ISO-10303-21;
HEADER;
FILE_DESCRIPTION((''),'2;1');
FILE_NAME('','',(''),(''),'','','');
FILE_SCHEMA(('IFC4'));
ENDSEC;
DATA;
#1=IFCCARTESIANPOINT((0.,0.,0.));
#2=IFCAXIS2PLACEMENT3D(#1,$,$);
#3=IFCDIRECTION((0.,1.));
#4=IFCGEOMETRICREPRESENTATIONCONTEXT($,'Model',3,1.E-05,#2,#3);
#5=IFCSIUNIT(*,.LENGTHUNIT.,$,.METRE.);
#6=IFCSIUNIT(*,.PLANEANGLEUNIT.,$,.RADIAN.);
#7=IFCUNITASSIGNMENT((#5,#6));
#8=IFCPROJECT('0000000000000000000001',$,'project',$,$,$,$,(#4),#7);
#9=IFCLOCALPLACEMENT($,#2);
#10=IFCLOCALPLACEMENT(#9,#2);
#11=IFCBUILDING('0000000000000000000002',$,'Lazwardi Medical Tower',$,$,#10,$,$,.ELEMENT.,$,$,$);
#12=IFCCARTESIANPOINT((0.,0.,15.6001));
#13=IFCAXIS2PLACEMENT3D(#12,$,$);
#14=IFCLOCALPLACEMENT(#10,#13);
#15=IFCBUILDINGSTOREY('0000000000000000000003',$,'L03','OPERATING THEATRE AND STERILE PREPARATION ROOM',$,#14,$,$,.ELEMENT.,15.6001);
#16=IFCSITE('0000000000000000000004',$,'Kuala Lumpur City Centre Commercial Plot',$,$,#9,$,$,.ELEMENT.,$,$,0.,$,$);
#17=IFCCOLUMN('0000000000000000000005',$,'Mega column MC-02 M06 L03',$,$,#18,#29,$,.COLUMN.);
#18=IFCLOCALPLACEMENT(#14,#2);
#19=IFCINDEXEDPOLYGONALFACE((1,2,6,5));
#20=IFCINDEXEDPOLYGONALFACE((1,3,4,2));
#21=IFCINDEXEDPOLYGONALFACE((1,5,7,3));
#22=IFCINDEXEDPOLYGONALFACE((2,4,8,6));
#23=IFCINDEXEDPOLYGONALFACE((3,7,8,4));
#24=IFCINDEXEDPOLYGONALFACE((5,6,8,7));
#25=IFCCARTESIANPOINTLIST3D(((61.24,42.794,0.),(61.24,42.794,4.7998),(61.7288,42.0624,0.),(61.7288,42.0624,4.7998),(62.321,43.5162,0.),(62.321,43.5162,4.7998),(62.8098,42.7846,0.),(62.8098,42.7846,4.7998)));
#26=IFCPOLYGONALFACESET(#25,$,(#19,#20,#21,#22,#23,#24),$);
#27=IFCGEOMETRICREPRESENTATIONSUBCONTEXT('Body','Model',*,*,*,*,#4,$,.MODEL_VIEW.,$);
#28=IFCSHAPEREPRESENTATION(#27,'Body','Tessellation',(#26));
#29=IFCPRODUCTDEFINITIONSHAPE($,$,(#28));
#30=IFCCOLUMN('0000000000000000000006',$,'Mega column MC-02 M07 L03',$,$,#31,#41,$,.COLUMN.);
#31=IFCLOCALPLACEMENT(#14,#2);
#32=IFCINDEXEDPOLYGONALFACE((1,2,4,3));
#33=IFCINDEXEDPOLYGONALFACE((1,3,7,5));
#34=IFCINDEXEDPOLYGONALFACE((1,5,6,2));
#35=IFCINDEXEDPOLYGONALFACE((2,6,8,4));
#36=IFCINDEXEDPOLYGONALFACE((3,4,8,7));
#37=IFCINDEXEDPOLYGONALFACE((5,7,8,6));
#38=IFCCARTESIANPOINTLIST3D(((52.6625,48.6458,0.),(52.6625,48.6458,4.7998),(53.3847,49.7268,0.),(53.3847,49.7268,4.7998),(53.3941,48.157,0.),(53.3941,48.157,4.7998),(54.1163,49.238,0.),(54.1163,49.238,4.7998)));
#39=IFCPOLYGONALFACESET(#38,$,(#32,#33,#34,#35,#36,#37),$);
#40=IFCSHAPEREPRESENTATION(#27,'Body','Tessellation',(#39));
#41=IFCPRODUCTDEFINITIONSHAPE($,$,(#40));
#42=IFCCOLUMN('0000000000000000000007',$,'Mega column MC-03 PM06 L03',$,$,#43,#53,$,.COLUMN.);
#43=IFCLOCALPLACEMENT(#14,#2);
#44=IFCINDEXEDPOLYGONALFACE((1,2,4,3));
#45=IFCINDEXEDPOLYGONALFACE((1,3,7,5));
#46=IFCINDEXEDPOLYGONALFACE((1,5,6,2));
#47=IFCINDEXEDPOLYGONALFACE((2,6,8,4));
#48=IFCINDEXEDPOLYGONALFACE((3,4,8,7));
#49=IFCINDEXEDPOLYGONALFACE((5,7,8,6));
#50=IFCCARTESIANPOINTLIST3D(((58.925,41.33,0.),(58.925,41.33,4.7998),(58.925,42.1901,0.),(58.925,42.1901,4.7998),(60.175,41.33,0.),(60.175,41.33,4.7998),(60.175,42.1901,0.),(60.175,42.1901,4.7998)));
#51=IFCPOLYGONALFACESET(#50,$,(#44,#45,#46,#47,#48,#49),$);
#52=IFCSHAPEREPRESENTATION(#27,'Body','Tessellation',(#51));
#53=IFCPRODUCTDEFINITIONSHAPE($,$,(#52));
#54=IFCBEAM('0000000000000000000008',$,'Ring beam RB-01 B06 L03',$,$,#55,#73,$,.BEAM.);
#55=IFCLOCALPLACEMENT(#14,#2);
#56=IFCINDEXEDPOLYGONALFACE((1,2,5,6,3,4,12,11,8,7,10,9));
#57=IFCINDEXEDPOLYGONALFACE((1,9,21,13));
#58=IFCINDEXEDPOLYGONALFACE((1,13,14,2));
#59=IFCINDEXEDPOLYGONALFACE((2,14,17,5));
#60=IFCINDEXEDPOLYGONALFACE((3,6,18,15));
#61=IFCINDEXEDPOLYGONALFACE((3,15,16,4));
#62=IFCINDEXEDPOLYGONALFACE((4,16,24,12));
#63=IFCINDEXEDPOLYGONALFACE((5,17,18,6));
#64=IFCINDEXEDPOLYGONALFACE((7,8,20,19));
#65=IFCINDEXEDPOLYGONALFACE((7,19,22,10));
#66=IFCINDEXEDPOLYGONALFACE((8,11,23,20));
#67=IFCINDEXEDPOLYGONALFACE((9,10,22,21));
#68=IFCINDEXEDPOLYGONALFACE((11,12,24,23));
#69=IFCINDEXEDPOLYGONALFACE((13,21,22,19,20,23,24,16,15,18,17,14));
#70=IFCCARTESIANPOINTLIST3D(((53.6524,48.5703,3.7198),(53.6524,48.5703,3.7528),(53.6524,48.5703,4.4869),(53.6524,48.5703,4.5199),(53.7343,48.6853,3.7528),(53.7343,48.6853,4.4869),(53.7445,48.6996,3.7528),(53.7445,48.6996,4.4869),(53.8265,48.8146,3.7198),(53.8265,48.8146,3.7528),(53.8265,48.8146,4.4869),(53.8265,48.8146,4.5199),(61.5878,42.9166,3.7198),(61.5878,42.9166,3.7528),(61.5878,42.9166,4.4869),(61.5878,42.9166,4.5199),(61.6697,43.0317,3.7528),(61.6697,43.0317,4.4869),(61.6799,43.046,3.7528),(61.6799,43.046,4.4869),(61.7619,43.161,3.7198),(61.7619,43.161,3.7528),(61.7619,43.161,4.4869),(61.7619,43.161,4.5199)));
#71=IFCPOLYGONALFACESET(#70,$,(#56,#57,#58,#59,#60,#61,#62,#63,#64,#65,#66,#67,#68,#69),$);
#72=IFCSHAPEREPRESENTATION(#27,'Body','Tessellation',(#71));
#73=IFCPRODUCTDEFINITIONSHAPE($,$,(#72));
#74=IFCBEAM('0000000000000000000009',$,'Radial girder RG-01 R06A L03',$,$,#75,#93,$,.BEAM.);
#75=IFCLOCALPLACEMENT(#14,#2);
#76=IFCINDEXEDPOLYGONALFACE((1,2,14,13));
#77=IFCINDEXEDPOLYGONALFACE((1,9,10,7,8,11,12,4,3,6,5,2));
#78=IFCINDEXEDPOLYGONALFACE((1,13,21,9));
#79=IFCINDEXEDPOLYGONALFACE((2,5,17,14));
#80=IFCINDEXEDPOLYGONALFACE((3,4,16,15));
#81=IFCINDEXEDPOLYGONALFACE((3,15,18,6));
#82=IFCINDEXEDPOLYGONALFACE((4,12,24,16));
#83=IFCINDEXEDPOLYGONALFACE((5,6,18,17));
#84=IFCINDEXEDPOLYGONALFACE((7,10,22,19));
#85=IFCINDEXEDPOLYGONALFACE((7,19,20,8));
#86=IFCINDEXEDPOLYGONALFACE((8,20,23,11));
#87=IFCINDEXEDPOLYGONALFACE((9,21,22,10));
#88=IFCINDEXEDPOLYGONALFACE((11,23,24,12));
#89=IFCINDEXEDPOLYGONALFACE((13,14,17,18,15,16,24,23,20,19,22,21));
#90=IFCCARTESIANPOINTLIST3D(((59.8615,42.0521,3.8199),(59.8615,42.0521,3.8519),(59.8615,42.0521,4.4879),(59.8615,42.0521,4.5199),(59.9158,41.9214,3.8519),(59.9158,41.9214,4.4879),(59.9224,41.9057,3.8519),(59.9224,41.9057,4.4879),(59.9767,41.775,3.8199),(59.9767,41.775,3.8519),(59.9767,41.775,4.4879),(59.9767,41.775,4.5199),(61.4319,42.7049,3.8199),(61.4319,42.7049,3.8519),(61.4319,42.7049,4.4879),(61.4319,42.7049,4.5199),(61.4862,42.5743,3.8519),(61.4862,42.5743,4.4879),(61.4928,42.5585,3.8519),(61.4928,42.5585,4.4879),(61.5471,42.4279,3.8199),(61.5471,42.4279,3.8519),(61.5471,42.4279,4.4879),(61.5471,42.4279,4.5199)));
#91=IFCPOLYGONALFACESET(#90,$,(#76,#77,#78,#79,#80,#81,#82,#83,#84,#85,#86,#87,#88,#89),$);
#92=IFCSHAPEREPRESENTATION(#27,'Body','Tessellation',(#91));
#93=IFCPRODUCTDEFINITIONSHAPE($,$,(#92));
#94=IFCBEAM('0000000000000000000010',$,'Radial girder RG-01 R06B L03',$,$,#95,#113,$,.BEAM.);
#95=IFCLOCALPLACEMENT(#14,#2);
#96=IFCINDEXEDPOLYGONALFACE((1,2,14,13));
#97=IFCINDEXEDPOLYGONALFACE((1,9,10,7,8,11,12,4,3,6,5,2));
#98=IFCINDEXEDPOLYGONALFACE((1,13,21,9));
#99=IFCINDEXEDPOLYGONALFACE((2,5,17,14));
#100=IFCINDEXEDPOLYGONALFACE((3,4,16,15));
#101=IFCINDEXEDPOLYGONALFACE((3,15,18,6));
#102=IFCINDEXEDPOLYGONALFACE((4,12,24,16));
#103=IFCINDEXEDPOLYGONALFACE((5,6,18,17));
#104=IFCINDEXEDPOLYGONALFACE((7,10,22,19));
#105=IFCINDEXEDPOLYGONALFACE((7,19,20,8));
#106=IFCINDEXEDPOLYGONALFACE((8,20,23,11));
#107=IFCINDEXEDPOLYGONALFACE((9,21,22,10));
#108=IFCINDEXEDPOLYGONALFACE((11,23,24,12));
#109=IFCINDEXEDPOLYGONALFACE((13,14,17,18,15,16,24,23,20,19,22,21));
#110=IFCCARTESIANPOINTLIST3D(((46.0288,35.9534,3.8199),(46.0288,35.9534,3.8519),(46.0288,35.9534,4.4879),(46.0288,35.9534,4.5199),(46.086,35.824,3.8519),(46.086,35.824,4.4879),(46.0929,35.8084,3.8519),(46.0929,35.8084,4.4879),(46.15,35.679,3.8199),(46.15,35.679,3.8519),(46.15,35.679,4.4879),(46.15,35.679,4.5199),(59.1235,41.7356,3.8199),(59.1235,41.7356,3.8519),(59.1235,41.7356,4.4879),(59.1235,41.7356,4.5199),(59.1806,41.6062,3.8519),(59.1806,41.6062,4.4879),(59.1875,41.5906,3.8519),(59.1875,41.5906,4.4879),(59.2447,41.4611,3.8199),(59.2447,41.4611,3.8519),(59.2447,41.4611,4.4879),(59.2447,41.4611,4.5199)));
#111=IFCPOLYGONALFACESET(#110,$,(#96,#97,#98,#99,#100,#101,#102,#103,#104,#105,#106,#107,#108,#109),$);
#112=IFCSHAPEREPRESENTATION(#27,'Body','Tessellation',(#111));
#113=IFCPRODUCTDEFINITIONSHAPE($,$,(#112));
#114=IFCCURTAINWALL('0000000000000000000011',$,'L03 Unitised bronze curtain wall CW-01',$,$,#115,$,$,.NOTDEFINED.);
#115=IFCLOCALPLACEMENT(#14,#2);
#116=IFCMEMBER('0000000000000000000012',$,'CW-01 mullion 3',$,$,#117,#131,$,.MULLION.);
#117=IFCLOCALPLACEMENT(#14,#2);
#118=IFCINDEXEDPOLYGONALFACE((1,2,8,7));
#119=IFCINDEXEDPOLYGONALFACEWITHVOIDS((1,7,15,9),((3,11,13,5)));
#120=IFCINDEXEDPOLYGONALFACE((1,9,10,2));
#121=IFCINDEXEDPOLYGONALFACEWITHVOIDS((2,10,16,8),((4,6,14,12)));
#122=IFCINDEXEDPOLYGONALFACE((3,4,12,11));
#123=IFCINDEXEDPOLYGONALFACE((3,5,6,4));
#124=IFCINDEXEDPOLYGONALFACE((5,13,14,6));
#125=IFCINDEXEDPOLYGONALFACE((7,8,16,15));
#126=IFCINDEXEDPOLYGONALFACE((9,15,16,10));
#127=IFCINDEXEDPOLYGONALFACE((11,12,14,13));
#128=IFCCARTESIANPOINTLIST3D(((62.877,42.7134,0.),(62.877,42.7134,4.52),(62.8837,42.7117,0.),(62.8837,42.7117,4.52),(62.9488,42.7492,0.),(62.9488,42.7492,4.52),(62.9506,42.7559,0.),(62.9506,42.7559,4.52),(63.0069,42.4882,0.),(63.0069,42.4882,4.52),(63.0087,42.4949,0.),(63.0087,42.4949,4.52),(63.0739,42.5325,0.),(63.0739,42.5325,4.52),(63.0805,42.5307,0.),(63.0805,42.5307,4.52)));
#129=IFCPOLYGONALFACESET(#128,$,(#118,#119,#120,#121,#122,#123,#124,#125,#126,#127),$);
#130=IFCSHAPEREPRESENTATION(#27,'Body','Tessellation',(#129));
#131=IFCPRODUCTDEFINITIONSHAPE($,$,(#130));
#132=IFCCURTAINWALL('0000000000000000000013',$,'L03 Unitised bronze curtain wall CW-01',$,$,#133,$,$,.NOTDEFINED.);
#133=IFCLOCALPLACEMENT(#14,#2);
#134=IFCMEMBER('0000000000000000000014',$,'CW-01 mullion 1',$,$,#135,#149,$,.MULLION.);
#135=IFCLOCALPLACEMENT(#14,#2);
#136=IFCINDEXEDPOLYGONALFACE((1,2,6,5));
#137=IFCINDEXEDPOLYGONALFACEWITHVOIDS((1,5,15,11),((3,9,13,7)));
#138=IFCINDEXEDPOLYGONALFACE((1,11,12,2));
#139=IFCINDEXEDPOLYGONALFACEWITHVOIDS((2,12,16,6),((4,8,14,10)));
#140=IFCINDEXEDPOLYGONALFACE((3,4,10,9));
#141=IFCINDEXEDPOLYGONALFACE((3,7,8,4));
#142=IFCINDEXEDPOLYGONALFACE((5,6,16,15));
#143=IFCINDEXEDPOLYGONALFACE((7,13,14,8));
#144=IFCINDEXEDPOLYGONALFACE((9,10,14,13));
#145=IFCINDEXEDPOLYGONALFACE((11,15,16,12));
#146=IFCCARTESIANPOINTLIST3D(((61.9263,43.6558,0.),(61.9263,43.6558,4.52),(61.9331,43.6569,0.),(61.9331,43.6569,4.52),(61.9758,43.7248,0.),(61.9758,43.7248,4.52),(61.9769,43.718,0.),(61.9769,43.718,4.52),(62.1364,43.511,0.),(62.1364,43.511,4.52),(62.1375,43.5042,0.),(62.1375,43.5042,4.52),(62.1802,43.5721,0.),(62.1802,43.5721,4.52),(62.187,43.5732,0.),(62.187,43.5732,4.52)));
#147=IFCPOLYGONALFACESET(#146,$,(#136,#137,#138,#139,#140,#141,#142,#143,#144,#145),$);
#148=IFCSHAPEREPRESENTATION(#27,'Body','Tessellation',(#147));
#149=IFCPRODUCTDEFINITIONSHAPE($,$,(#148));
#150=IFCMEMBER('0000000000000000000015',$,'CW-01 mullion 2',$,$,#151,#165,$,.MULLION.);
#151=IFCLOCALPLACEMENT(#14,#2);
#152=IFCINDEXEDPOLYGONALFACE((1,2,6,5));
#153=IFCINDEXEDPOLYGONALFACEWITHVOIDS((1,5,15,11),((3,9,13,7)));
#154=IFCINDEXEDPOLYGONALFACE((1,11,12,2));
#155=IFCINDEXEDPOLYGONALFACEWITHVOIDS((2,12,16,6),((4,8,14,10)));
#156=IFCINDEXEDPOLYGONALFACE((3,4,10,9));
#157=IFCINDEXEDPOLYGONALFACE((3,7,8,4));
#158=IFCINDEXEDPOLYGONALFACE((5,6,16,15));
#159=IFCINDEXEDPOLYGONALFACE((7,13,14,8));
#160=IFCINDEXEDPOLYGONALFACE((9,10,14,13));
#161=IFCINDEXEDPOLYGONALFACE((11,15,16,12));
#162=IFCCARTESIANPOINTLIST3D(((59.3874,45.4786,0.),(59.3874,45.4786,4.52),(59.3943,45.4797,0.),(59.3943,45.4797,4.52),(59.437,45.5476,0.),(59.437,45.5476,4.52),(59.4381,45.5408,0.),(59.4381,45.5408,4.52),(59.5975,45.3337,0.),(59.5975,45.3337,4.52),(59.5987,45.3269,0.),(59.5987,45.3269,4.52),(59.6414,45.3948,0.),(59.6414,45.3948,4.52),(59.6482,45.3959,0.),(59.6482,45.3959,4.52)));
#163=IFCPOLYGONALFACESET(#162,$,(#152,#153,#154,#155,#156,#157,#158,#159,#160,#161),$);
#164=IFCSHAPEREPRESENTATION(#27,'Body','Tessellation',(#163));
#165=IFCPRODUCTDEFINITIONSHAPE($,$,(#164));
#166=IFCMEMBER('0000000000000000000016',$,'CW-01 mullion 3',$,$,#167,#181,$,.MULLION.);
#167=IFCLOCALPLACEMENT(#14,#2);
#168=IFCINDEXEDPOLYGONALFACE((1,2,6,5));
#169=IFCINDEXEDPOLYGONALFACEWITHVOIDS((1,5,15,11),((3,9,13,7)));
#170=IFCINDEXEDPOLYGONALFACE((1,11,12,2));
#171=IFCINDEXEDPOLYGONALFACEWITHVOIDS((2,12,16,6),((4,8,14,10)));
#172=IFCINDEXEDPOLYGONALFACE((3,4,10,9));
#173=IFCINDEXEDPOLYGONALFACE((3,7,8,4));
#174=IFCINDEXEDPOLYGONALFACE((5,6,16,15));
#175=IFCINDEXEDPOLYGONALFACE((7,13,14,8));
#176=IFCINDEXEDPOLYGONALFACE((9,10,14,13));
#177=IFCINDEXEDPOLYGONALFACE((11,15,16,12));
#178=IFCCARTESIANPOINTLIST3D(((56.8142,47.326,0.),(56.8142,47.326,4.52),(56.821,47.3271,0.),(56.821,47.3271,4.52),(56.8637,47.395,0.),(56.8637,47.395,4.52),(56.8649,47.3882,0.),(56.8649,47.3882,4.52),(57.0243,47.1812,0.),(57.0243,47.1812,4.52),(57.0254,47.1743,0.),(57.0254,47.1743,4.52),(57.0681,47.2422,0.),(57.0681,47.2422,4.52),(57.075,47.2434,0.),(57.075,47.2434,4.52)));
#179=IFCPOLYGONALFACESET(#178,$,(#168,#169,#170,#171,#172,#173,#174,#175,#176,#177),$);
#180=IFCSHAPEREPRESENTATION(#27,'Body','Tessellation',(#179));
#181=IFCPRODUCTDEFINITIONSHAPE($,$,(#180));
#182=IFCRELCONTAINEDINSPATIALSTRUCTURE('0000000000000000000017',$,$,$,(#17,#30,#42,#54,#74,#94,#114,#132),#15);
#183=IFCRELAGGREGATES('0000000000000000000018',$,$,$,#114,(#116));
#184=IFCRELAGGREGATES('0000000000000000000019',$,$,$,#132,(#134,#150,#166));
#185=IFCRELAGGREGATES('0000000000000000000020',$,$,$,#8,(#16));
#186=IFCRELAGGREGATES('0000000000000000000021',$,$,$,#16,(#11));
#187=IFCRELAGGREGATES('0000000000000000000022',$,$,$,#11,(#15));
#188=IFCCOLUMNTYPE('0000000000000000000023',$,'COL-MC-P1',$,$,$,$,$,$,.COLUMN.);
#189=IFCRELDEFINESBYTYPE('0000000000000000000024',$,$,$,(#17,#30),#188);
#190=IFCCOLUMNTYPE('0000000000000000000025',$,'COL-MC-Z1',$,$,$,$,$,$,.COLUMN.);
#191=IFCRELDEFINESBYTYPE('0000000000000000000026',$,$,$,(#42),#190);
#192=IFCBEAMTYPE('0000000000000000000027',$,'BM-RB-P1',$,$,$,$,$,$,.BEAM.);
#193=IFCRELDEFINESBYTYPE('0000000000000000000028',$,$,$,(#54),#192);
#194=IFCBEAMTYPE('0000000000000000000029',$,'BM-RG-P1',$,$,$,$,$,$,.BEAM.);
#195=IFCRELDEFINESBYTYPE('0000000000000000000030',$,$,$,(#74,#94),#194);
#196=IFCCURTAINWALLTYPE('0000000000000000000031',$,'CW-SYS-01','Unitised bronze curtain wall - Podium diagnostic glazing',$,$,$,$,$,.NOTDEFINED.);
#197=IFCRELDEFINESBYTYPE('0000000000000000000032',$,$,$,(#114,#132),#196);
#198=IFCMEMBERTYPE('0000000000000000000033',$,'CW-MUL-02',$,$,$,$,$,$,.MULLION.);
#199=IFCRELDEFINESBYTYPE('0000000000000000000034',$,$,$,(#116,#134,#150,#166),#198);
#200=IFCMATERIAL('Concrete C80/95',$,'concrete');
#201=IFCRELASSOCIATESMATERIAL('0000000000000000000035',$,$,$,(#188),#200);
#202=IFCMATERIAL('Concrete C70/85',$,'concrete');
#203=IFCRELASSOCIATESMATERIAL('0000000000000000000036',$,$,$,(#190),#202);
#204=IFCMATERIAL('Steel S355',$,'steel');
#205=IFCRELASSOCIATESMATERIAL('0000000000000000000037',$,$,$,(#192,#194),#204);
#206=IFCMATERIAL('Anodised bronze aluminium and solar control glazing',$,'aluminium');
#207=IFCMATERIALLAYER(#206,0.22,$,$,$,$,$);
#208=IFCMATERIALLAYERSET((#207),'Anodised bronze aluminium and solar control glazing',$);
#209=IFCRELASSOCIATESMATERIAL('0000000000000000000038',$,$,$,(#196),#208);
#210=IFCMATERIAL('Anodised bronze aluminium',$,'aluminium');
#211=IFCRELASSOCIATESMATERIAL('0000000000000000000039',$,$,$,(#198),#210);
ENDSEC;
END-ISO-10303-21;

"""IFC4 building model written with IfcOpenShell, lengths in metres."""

from ifc_helpers import new_model, si_unit, direction, frame, origin, origin_2d, place, context, subcontext, project, spatial, rectangle, hollow_rectangle, i_section, extrude, material, layer, layer_set, material_profile, profile_set, type_object, element, aggregate, save


model = new_model("IFC4")

# Units and contexts
model_context = context("Model", 3, precision=1e-05, world=origin(), true_north=direction((0.0, 1.0)))
body_context = subcontext(model_context, "Body", "Model", "MODEL_VIEW")
ifc_project = project(units=[si_unit("LENGTHUNIT", "METRE"), si_unit("PLANEANGLEUNIT", "RADIAN")], contexts=[model_context])

# Site, building, storey
site_placement = place(None, origin())
site = spatial("IfcSite", under=ifc_project, at=site_placement, Name="Kuala Lumpur City Centre Commercial Plot", CompositionType="ELEMENT", RefElevation=0.0)
building_placement = place(site_placement, origin())
building = spatial("IfcBuilding", under=site, at=building_placement, Name="Lazwardi Medical Tower", CompositionType="ELEMENT")
storey_placement = place(building_placement, frame((0.0, 0.0, 15.6001)))
storey = spatial("IfcBuildingStorey", under=building, at=storey_placement, Name="L03", Description="OPERATING THEATRE AND STERILE PREPARATION ROOM", CompositionType="ELEMENT", Elevation=15.6001)

# Columns
ifc_material_1 = material(Name="Concrete C80/95", Category="concrete")
ifc_material_profile_1 = material_profile(ifc_material_1, rectangle(XDim=1.3, YDim=0.8799, at=origin_2d()), Name="CFT-RECT 1300x880")
ifc_profile_set_1 = profile_set([ifc_material_profile_1], Name="Concrete C80/95")
column_type_1 = type_object("IfcColumnType", Name="COL-MC-P1", PredefinedType="COLUMN", material=ifc_profile_set_1)
for number, where, z_axis, x_axis, name in (
    (1, (62.0249, 42.7893, 0.0), (0.0, 0.0, 1.0), (0.83147, 0.55557, 0.0), "Mega column MC-02 M06 L03"),
    (2, (53.3894, 48.9419, 0.0), (0.0, 0.0, 1.0), (0.55557, 0.83147, 0.0), "Mega column MC-02 M07 L03"),
):
    element("IfcColumn", number, at=place(storey_placement, frame(where, z_axis=z_axis, x_axis=x_axis)), inside=storey, type_object=column_type_1, Name=name, PredefinedType="COLUMN", context=body_context, shape_type="SweptSolid", body=[
        extrude(rectangle(XDim=1.3, YDim=0.8799, at=origin_2d()), origin(), (0.0, 0.0, 1.0), 4.7998),
    ])
ifc_material_2 = material(Name="Concrete C70/85", Category="concrete")
ifc_material_profile_2 = material_profile(ifc_material_2, rectangle(XDim=1.25, YDim=0.8601, at=origin_2d()), Name="CFT-RECT 1250x860")
ifc_profile_set_2 = profile_set([ifc_material_profile_2], Name="Concrete C70/85")
column_type_2 = type_object("IfcColumnType", Name="COL-MC-Z1", PredefinedType="COLUMN", material=ifc_profile_set_2)
column_placement = place(storey_placement, frame((59.55, 41.76, 0.0), z_axis=(0.0, 0.0, 1.0), x_axis=(1.0, 0.0, 0.0)))
element("IfcColumn", 3, at=column_placement, inside=storey, type_object=column_type_2, Name="Mega column MC-03 PM06 L03", PredefinedType="COLUMN", context=body_context, shape_type="SweptSolid", body=[
    extrude(rectangle(XDim=1.25, YDim=0.8601, at=origin_2d()), origin(), (0.0, 0.0, 1.0), 4.7998),
])

# Beams
ifc_material_3 = material(Name="Steel S355", Category="steel")
ifc_material_profile_3 = material_profile(ifc_material_3, i_section(OverallWidth=0.3, OverallDepth=0.8, WebThickness=0.0176, FlangeThickness=0.033, at=origin_2d()), Name="HEB 800")
ifc_profile_set_3 = profile_set([ifc_material_profile_3], Name="Steel S355")
beam_type_1 = type_object("IfcBeamType", Name="BM-RB-P1", PredefinedType="BEAM", material=ifc_profile_set_3)
beam_1_placement = place(storey_placement, frame((61.6748, 43.0388, 4.1199), z_axis=(-0.814437, 0.580252, 0.0), x_axis=(-0.580252, -0.814437, 0.0)))
element("IfcBeam", 4, at=beam_1_placement, inside=storey, type_object=beam_type_1, Name="Ring beam RB-01 B06 L03", PredefinedType="BEAM", context=body_context, shape_type="SweptSolid", body=[
    extrude(i_section(OverallWidth=0.3, OverallDepth=0.8, WebThickness=0.0176, FlangeThickness=0.033, at=origin_2d()), origin(), (0.0, 0.0, 1.0), 9.7434),
])
ifc_material_profile_4 = material_profile(ifc_material_3, i_section(OverallWidth=0.3, OverallDepth=0.7, WebThickness=0.0171, FlangeThickness=0.032, at=origin_2d()), Name="HEB 700")
ifc_profile_set_4 = profile_set([ifc_material_profile_4], Name="Steel S355")
beam_type_2 = type_object("IfcBeamType", Name="BM-RG-P1", PredefinedType="BEAM", material=ifc_profile_set_4)
beam_2_placement = place(storey_placement, frame((61.4895, 42.5664, 4.1699), z_axis=(-0.923382, -0.383881, 0.0), x_axis=(0.383881, -0.923382, 0.0)))
element("IfcBeam", 5, at=beam_2_placement, inside=storey, type_object=beam_type_2, Name="Radial girder RG-01 R06A L03", PredefinedType="BEAM", context=body_context, shape_type="SweptSolid", body=[
    extrude(i_section(OverallWidth=0.3, OverallDepth=0.7, WebThickness=0.0171, FlangeThickness=0.032, at=origin_2d()), origin(), (0.0, 0.0, 1.0), 1.7007),
])
beam_3_placement = place(storey_placement, frame((59.1841, 41.5984, 4.1699), z_axis=(-0.914785, -0.403941, 0.0), x_axis=(0.403941, -0.914785, 0.0)))
element("IfcBeam", 6, at=beam_3_placement, inside=storey, type_object=beam_type_2, Name="Radial girder RG-01 R06B L03", PredefinedType="BEAM", context=body_context, shape_type="SweptSolid", body=[
    extrude(i_section(OverallWidth=0.3, OverallDepth=0.7, WebThickness=0.0171, FlangeThickness=0.032, at=origin_2d()), origin(), (0.0, 0.0, 1.0), 14.3145),
])

# Curtain wall, member
ifc_material_4 = material(Name="Anodised bronze aluminium and solar control glazing", Category="aluminium")
ifc_layer_1 = layer(ifc_material_4, 0.22)
ifc_layer_set_1 = layer_set([ifc_layer_1], Name="Anodised bronze aluminium and solar control glazing")
curtain_wall_type = type_object("IfcCurtainWallType", Name="CW-SYS-01", Description="Unitised bronze curtain wall - Podium diagnostic glazing", PredefinedType="NOTDEFINED", material=ifc_layer_set_1)
curtain_wall_1_placement = place(storey_placement, origin())
curtain_wall_1 = element("IfcCurtainWall", 7, at=curtain_wall_1_placement, inside=storey, type_object=curtain_wall_type, Name="L03 Unitised bronze curtain wall CW-01", PredefinedType="NOTDEFINED")
ifc_material_5 = material(Name="Anodised bronze aluminium", Category="aluminium")
ifc_material_profile_5 = material_profile(ifc_material_5, hollow_rectangle(XDim=0.085, YDim=0.26, WallThickness=0.0049, at=origin_2d()), Name="ALU-MULLION 260x85x5")
ifc_profile_set_5 = profile_set([ifc_material_profile_5], Name="Anodised bronze aluminium")
member_type_1 = type_object("IfcMemberType", Name="CW-MUL-02", PredefinedType="MULLION", material=ifc_profile_set_5)
member_1_placement = place(storey_placement, frame((62.9788, 42.6221, 0.0), z_axis=(0.0, 0.0, 1.0), x_axis=(-0.866181, -0.499731, 0.0)))
member_1 = element("IfcMember", 8, at=member_1_placement, type_object=member_type_1, Name="CW-01 mullion 3", PredefinedType="MULLION", context=body_context, shape_type="SweptSolid", body=[
    extrude(hollow_rectangle(XDim=0.085, YDim=0.26, WallThickness=0.0049, at=origin_2d()), origin(), (0.0, 0.0, 1.0), 4.52),
])

# Curtain wall, members
curtain_wall_2_placement = place(storey_placement, origin())
curtain_wall_2 = element("IfcCurtainWall", 9, at=curtain_wall_2_placement, inside=storey, type_object=curtain_wall_type, Name="L03 Unitised bronze curtain wall CW-01", PredefinedType="NOTDEFINED")
member_2_placement = place(storey_placement, frame((62.0566, 43.6145, 0.0), z_axis=(0.0, 0.0, 1.0), x_axis=(-0.583214, -0.812318, 0.0)))
member_2 = element("IfcMember", 10, at=member_2_placement, type_object=member_type_1, Name="CW-01 mullion 1", PredefinedType="MULLION", context=body_context, shape_type="SweptSolid", body=[
    extrude(hollow_rectangle(XDim=0.085, YDim=0.26, WallThickness=0.0049, at=origin_2d()), origin(), (0.0, 0.0, 1.0), 4.52),
])
member_3_placement = place(storey_placement, frame((59.5178, 45.4373, 0.0), z_axis=(0.0, 0.0, 1.0), x_axis=(-0.583214, -0.812318, 0.0)))
member_3 = element("IfcMember", 11, at=member_3_placement, type_object=member_type_1, Name="CW-01 mullion 2", PredefinedType="MULLION", context=body_context, shape_type="SweptSolid", body=[
    extrude(hollow_rectangle(XDim=0.085, YDim=0.26, WallThickness=0.0049, at=origin_2d()), origin(), (0.0, 0.0, 1.0), 4.52),
])
member_4_placement = place(storey_placement, frame((56.9446, 47.2847, 0.0), z_axis=(0.0, 0.0, 1.0), x_axis=(-0.583214, -0.812318, 0.0)))
member_4 = element("IfcMember", 12, at=member_4_placement, type_object=member_type_1, Name="CW-01 mullion 3", PredefinedType="MULLION", context=body_context, shape_type="SweptSolid", body=[
    extrude(hollow_rectangle(XDim=0.085, YDim=0.26, WallThickness=0.0049, at=origin_2d()), origin(), (0.0, 0.0, 1.0), 4.52),
])

aggregate(curtain_wall_1, [member_1])
aggregate(curtain_wall_2, [member_2, member_3, member_4])

save(model, "model.ifc")
